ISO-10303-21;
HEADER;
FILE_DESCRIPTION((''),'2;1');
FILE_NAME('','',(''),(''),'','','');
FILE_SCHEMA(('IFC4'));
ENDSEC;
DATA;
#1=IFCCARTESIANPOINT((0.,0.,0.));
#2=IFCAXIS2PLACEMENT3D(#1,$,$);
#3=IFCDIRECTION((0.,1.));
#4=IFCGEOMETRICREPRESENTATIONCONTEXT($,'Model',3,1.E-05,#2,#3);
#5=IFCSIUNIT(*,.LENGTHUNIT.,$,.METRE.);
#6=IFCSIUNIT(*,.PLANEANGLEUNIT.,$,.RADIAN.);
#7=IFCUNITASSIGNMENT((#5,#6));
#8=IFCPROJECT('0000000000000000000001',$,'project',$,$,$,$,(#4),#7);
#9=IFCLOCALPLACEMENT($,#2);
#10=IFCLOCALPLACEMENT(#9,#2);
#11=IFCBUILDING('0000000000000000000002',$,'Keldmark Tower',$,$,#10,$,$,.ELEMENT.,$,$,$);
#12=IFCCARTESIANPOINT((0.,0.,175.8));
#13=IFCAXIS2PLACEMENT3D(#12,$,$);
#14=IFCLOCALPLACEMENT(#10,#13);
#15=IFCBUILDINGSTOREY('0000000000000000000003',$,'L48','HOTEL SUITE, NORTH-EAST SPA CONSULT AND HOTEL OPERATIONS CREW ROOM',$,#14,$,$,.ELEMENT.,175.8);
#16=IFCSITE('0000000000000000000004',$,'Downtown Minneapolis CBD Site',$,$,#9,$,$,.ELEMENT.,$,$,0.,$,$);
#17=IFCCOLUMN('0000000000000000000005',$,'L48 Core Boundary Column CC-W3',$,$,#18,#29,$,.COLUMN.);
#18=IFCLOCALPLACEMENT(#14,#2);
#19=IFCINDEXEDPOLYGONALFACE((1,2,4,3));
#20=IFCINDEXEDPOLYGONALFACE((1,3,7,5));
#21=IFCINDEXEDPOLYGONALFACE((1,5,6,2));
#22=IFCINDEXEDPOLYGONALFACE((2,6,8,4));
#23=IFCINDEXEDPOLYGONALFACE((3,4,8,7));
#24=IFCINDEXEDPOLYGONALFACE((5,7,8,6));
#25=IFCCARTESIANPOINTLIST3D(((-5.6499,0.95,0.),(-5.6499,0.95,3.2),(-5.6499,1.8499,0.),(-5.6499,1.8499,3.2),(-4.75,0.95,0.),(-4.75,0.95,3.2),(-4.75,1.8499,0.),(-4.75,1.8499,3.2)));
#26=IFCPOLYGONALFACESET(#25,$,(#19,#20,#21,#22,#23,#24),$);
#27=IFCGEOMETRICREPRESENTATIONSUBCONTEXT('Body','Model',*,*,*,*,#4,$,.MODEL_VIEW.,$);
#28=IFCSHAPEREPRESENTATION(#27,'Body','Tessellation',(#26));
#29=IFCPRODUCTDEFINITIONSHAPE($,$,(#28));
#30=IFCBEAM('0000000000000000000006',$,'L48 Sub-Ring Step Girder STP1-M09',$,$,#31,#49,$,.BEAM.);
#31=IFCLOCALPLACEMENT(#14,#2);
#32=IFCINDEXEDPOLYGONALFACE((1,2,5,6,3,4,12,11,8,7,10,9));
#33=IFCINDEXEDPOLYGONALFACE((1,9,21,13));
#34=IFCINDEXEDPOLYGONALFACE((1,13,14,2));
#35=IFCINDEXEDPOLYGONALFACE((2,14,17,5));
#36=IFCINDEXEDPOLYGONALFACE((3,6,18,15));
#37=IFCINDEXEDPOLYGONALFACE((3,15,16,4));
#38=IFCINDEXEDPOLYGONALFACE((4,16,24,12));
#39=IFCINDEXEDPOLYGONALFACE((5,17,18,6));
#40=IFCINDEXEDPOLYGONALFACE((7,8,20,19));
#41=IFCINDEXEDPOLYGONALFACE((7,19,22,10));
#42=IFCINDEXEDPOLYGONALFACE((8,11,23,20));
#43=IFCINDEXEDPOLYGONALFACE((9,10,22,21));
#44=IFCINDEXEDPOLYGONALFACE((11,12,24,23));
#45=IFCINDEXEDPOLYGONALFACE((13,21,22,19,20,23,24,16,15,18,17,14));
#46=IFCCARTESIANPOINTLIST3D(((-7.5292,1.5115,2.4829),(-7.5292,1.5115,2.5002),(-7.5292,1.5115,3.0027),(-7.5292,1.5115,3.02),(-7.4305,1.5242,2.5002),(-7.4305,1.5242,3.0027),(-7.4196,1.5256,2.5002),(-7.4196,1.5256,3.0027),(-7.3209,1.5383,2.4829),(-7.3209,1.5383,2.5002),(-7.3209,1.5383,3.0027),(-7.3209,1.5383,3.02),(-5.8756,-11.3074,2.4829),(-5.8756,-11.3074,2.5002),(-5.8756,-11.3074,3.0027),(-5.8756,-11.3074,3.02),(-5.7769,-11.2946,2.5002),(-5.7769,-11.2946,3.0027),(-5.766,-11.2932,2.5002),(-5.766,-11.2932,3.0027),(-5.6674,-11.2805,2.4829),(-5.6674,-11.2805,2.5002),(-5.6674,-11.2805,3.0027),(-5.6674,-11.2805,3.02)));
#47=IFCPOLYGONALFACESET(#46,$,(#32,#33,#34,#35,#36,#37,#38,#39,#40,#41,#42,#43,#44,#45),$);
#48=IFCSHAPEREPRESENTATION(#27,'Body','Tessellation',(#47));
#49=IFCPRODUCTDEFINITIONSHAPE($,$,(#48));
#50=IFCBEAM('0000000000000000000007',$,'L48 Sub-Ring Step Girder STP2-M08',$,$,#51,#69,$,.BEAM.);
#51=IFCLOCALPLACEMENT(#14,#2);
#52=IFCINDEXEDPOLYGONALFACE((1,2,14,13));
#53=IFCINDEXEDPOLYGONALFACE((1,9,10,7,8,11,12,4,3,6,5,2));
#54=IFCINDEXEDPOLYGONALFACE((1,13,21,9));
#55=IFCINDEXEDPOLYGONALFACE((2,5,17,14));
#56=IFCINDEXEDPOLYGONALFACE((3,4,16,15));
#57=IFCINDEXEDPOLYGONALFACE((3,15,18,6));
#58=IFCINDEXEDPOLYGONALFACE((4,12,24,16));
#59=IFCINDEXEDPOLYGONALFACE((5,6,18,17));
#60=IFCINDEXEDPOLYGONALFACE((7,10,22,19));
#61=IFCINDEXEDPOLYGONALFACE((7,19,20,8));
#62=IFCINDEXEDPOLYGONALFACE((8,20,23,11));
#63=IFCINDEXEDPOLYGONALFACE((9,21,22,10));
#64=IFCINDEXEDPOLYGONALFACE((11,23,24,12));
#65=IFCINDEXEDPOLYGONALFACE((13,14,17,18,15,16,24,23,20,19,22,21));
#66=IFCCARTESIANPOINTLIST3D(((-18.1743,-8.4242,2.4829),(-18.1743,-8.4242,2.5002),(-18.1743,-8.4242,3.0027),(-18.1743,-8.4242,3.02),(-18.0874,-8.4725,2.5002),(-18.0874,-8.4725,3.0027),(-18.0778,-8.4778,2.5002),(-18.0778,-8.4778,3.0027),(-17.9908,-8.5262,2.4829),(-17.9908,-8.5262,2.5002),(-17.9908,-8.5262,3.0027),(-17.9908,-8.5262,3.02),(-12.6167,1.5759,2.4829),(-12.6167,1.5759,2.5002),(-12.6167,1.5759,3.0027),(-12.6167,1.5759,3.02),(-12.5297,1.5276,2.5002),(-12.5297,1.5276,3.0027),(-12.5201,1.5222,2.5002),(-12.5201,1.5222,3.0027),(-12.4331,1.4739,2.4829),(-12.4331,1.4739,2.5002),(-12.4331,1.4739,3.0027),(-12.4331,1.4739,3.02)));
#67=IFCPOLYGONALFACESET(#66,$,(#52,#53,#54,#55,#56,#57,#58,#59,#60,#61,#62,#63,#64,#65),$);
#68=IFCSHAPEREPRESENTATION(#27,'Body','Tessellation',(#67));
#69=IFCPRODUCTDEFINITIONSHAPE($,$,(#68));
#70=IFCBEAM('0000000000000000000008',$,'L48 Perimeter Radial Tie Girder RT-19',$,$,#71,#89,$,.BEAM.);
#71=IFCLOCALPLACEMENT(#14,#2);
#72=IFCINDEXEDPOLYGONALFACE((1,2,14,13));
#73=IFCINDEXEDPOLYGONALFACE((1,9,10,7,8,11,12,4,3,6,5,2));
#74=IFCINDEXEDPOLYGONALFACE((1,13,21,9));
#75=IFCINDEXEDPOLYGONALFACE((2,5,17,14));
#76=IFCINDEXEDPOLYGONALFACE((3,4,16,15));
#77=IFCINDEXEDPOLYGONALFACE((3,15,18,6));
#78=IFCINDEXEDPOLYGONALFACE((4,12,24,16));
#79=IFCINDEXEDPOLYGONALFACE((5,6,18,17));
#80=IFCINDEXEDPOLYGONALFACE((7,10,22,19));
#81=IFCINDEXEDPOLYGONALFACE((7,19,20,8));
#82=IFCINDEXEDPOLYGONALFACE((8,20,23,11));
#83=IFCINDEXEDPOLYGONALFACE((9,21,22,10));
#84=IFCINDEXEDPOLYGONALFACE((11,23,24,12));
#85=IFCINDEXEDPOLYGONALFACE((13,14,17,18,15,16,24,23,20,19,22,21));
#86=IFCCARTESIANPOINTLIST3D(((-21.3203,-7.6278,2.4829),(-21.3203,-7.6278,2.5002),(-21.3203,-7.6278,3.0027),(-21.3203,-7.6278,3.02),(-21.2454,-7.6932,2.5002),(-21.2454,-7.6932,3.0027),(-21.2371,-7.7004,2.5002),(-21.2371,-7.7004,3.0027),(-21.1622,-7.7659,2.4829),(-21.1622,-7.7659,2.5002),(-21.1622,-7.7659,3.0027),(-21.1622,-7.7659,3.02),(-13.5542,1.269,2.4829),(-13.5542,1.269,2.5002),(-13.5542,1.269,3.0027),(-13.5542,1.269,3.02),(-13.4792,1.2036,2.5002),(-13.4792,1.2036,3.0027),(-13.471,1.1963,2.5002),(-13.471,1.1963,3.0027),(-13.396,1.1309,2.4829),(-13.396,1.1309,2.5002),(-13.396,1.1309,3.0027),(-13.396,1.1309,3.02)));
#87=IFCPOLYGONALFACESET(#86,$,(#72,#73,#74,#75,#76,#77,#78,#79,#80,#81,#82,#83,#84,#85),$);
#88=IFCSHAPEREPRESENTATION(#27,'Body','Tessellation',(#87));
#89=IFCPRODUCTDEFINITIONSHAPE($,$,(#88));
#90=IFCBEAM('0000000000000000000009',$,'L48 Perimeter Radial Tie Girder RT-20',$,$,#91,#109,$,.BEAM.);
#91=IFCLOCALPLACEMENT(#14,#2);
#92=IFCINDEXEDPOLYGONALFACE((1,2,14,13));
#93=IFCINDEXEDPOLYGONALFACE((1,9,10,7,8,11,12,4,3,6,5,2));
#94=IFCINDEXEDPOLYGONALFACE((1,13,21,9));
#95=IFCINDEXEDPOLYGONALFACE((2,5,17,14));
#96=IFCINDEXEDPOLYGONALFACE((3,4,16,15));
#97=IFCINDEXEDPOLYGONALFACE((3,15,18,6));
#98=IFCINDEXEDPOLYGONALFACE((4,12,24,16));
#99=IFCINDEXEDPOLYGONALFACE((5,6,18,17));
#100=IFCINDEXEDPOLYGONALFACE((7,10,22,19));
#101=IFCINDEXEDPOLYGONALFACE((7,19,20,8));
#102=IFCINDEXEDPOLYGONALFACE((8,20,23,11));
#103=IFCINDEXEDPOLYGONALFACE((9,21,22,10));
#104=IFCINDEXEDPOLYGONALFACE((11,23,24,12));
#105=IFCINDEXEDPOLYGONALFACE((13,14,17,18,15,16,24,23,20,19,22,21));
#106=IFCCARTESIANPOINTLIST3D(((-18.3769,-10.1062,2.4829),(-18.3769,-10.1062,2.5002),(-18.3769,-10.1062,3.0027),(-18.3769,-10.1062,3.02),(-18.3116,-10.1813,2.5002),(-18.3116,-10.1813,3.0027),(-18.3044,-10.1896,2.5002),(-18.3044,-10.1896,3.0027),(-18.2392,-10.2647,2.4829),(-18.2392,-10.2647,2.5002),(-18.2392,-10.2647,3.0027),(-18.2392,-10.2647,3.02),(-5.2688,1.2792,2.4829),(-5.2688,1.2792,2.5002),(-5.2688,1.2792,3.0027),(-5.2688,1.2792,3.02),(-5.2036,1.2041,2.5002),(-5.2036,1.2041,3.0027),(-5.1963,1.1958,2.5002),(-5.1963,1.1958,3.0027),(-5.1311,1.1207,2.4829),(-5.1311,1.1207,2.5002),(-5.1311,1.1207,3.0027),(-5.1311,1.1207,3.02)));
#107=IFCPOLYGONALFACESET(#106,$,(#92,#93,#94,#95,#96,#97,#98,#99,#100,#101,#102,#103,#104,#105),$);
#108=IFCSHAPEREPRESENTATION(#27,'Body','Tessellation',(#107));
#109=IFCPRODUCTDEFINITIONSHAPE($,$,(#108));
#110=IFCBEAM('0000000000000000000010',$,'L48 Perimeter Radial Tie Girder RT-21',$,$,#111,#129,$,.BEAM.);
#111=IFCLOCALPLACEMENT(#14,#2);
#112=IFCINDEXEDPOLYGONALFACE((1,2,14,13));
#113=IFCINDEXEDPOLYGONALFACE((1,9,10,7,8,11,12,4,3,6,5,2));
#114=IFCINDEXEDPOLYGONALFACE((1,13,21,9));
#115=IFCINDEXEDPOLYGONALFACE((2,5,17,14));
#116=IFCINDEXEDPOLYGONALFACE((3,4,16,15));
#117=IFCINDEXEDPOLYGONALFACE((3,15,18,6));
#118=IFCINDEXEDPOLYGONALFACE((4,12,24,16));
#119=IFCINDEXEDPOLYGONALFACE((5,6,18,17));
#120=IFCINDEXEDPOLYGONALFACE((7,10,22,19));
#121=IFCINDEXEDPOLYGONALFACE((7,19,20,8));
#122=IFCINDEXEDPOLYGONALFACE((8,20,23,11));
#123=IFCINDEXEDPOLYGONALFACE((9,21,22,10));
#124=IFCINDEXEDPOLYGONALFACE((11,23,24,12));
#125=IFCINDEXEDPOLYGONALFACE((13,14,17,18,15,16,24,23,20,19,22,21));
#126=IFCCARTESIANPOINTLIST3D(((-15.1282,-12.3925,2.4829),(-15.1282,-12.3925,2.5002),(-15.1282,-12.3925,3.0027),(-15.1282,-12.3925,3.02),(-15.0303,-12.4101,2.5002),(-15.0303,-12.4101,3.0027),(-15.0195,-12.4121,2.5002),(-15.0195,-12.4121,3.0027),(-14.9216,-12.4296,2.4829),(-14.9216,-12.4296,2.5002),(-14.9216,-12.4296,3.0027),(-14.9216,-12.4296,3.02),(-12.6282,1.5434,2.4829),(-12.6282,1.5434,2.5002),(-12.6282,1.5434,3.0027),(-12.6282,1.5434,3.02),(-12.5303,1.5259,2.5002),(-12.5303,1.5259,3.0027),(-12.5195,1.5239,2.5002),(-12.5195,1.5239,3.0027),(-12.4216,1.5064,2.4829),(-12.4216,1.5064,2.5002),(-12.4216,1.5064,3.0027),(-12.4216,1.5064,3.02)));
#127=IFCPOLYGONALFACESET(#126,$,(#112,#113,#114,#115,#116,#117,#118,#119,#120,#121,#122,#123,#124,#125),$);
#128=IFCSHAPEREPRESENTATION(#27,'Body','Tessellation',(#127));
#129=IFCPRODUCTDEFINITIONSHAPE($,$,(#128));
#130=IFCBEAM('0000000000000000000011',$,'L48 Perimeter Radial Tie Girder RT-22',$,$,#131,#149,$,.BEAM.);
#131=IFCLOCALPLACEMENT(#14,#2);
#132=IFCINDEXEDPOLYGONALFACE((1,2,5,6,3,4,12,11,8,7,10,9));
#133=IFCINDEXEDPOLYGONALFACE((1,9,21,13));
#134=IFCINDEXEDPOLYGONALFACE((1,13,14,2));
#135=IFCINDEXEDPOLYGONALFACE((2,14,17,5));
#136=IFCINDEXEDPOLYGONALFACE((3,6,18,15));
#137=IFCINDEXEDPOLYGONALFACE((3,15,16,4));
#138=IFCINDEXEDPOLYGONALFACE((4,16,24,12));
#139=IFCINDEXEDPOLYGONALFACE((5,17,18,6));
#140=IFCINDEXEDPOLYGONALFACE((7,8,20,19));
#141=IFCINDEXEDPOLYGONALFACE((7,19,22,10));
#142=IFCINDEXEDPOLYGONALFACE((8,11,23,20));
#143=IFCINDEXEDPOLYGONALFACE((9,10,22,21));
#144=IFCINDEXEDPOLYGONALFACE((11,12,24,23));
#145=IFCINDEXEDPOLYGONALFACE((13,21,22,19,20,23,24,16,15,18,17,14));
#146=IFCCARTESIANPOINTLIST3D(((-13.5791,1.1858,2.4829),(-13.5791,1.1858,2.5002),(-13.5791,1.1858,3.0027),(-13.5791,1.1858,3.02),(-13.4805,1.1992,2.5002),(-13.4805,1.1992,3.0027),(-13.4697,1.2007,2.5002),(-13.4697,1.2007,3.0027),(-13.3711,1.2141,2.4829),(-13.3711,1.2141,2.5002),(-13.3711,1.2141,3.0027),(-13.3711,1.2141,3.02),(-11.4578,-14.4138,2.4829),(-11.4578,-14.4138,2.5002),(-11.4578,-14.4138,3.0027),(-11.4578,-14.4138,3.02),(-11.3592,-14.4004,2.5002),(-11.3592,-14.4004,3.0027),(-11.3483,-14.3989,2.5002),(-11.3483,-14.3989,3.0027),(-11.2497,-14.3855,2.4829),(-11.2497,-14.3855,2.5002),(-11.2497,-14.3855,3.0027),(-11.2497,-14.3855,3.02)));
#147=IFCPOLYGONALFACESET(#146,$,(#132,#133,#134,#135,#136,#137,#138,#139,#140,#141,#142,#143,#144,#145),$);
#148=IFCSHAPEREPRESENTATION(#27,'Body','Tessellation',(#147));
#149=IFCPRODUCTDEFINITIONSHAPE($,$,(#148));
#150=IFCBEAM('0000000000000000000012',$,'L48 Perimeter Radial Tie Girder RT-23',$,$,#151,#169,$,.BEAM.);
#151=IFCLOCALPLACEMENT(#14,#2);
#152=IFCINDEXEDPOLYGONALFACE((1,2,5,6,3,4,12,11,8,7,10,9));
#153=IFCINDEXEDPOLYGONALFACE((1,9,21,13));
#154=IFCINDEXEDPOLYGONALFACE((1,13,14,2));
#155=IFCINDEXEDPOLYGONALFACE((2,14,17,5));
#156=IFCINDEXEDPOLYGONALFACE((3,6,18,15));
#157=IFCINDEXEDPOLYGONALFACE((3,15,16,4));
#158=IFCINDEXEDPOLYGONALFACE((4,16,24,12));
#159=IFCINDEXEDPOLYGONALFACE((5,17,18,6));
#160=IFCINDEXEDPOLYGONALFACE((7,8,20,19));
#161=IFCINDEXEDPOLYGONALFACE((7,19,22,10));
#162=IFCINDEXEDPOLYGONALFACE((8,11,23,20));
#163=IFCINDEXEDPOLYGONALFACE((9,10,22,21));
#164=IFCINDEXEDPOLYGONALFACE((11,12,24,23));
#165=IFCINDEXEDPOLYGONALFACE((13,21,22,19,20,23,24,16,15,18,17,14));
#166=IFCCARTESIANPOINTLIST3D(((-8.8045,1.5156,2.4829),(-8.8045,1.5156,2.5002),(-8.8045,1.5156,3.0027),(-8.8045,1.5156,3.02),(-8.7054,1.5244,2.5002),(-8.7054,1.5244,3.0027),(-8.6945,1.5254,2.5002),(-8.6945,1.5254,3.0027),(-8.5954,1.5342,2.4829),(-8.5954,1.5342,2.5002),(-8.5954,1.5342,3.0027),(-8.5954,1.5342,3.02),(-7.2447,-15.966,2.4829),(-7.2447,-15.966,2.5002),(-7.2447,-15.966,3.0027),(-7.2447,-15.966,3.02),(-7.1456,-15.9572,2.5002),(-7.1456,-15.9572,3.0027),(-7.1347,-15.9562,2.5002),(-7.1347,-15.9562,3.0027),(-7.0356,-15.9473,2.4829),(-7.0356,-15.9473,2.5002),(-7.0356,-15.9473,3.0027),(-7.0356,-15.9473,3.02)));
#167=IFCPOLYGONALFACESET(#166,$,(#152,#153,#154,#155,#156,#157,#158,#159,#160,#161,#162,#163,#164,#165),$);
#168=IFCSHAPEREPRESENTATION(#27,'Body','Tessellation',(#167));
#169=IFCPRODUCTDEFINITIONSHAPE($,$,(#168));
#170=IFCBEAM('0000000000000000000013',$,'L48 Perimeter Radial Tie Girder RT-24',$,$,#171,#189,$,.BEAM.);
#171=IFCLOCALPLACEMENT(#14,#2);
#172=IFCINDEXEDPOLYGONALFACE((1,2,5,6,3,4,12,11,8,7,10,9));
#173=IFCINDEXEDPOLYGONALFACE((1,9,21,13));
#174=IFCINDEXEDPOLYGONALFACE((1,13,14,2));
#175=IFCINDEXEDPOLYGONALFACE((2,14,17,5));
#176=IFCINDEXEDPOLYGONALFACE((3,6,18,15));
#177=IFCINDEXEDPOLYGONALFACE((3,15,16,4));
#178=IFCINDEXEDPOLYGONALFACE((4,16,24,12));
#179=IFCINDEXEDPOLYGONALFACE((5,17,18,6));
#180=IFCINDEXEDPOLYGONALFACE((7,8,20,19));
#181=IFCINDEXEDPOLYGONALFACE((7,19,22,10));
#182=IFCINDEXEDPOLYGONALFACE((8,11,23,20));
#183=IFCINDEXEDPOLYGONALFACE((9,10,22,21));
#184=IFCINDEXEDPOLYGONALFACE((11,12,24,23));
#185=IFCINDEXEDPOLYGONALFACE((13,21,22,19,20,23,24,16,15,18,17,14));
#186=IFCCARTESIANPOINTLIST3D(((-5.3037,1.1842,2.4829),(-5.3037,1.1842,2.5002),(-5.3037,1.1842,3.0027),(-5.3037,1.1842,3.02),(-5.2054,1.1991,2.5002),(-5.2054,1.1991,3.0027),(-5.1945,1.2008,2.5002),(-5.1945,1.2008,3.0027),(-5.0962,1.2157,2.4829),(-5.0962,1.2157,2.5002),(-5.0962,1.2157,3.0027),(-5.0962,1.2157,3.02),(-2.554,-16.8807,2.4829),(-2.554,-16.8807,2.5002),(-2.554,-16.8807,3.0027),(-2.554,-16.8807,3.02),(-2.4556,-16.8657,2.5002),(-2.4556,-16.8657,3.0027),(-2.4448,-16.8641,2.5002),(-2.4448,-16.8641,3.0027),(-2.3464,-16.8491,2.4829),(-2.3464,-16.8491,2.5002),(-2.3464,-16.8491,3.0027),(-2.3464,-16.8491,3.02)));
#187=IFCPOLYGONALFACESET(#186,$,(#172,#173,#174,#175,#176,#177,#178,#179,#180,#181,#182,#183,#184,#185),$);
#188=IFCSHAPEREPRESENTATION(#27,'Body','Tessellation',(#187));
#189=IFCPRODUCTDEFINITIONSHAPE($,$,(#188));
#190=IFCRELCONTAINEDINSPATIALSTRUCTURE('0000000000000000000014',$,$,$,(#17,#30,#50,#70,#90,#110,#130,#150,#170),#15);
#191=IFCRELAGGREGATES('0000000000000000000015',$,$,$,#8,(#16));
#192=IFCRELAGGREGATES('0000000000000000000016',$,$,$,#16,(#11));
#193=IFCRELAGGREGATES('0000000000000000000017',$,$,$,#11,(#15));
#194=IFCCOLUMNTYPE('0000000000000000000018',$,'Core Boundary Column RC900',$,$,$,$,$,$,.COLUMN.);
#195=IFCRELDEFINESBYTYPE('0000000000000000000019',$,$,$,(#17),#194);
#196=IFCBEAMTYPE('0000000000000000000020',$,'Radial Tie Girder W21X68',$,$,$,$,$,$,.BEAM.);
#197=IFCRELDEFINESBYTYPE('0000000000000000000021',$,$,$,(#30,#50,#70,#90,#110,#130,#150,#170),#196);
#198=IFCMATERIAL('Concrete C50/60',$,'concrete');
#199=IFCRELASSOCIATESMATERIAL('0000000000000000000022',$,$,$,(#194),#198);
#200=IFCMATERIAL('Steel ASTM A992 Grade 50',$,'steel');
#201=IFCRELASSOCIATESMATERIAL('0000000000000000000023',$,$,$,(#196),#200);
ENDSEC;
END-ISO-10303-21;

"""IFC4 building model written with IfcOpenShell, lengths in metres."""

from ifc_helpers import new_model, si_unit, direction, frame, origin, origin_2d, place, context, subcontext, project, spatial, rectangle, i_section, extrude, material, material_profile, profile_set, type_object, element, save


model = new_model("IFC4")

# Units and contexts
model_context = context("Model", 3, precision=1e-05, world=origin(), true_north=direction((0.0, 1.0)))
body_context = subcontext(model_context, "Body", "Model", "MODEL_VIEW")
ifc_project = project(units=[si_unit("LENGTHUNIT", "METRE"), si_unit("PLANEANGLEUNIT", "RADIAN")], contexts=[model_context])

# Site, building, storey
site_placement = place(None, origin())
site = spatial("IfcSite", under=ifc_project, at=site_placement, Name="Downtown Minneapolis CBD Site", CompositionType="ELEMENT", RefElevation=0.0)
building_placement = place(site_placement, origin())
building = spatial("IfcBuilding", under=site, at=building_placement, Name="Keldmark Tower", CompositionType="ELEMENT")
storey_placement = place(building_placement, frame((0.0, 0.0, 175.8)))
storey = spatial("IfcBuildingStorey", under=building, at=storey_placement, Name="L48", Description="HOTEL SUITE, NORTH-EAST SPA CONSULT AND HOTEL OPERATIONS CREW ROOM", CompositionType="ELEMENT", Elevation=175.8)

# Column
ifc_material_1 = material(Name="Concrete C50/60", Category="concrete")
ifc_material_profile_1 = material_profile(ifc_material_1, rectangle(XDim=0.8999, YDim=0.8999, at=origin_2d()), Name="RC900X900")
ifc_profile_set_1 = profile_set([ifc_material_profile_1], Name="Concrete C50/60")
column_type = type_object("IfcColumnType", Name="Core Boundary Column RC900", PredefinedType="COLUMN", material=ifc_profile_set_1)
column_placement = place(storey_placement, frame((-5.2, 1.3999, 0.0), z_axis=(0.0, 0.0, 1.0), x_axis=(1.0, 0.0, 0.0)))
element("IfcColumn", 1, at=column_placement, inside=storey, type_object=column_type, Name="L48 Core Boundary Column CC-W3", PredefinedType="COLUMN", context=body_context, shape_type="SweptSolid", body=[
    extrude(rectangle(XDim=0.8999, YDim=0.8999, at=origin_2d()), origin(), (0.0, 0.0, 1.0), 3.2),
])

# Beams
ifc_material_2 = material(Name="Steel ASTM A992 Grade 50", Category="steel")
ifc_material_profile_2 = material_profile(ifc_material_2, i_section(OverallWidth=0.21, OverallDepth=0.5371, WebThickness=0.011, FlangeThickness=0.0173, at=origin_2d()), Name="W21X68")
ifc_profile_set_2 = profile_set([ifc_material_profile_2], Name="Steel ASTM A992 Grade 50")
beam_type = type_object("IfcBeamType", Name="Radial Tie Girder W21X68", PredefinedType="BEAM", material=ifc_profile_set_2)
beam_1_placement = place(storey_placement, frame((-7.425, 1.5249, 2.7515), z_axis=(0.127935, -0.991783, 0.0), x_axis=(0.991783, 0.127935, 0.0)))
element("IfcBeam", 2, at=beam_1_placement, inside=storey, type_object=beam_type, Name="L48 Sub-Ring Step Girder STP1-M09", PredefinedType="BEAM", context=body_context, shape_type="SweptSolid", body=[
    extrude(i_section(OverallWidth=0.21, OverallDepth=0.5371, WebThickness=0.011, FlangeThickness=0.0173, at=origin_2d()), origin(), (0.0, 0.0, 1.0), 12.925),
])
beam_2_placement = place(storey_placement, frame((-12.5249, 1.5249, 2.7515), z_axis=(-0.485781, -0.874081, 0.0), x_axis=(0.874081, -0.485781, 0.0)))
element("IfcBeam", 3, at=beam_2_placement, inside=storey, type_object=beam_type, Name="L48 Sub-Ring Step Girder STP2-M08", PredefinedType="BEAM", context=body_context, shape_type="SweptSolid", body=[
    extrude(i_section(OverallWidth=0.21, OverallDepth=0.5371, WebThickness=0.011, FlangeThickness=0.0173, at=origin_2d()), origin(), (0.0, 0.0, 1.0), 11.4407),
])
beam_3_placement = place(storey_placement, frame((-13.4751, 1.2, 2.7515), z_axis=(-0.657616, -0.753354, 0.0), x_axis=(0.753354, -0.657616, 0.0)))
element("IfcBeam", 4, at=beam_3_placement, inside=storey, type_object=beam_type, Name="L48 Perimeter Radial Tie Girder RT-19", PredefinedType="BEAM", context=body_context, shape_type="SweptSolid", body=[
    extrude(i_section(OverallWidth=0.21, OverallDepth=0.5371, WebThickness=0.011, FlangeThickness=0.0173, at=origin_2d()), origin(), (0.0, 0.0, 1.0), 11.8096),
])
beam_4_placement = place(storey_placement, frame((-5.2, 1.2, 2.7515), z_axis=(-0.754973, -0.655756, 0.0), x_axis=(0.655756, -0.754973, 0.0)))
element("IfcBeam", 5, at=beam_4_placement, inside=storey, type_object=beam_type, Name="L48 Perimeter Radial Tie Girder RT-20", PredefinedType="BEAM", context=body_context, shape_type="SweptSolid", body=[
    extrude(i_section(OverallWidth=0.21, OverallDepth=0.5371, WebThickness=0.011, FlangeThickness=0.0173, at=origin_2d()), origin(), (0.0, 0.0, 1.0), 17.3623),
])
beam_5_placement = place(storey_placement, frame((-12.5249, 1.5249, 2.7515), z_axis=(-0.176572, -0.984288, 0.0), x_axis=(0.984288, -0.176572, 0.0)))
element("IfcBeam", 6, at=beam_5_placement, inside=storey, type_object=beam_type, Name="L48 Perimeter Radial Tie Girder RT-21", PredefinedType="BEAM", context=body_context, shape_type="SweptSolid", body=[
    extrude(i_section(OverallWidth=0.21, OverallDepth=0.5371, WebThickness=0.011, FlangeThickness=0.0173, at=origin_2d()), origin(), (0.0, 0.0, 1.0), 14.1584),
])
beam_6_placement = place(storey_placement, frame((-13.4751, 1.2, 2.7515), z_axis=(0.134746, -0.99088, 0.0), x_axis=(0.99088, 0.134746, 0.0)))
element("IfcBeam", 7, at=beam_6_placement, inside=storey, type_object=beam_type, Name="L48 Perimeter Radial Tie Girder RT-22", PredefinedType="BEAM", context=body_context, shape_type="SweptSolid", body=[
    extrude(i_section(OverallWidth=0.21, OverallDepth=0.5371, WebThickness=0.011, FlangeThickness=0.0173, at=origin_2d()), origin(), (0.0, 0.0, 1.0), 15.7432),
])
beam_7_placement = place(storey_placement, frame((-8.7, 1.5249, 2.7515), z_axis=(0.088873, -0.996043, 0.0), x_axis=(0.996043, 0.088873, 0.0)))
element("IfcBeam", 8, at=beam_7_placement, inside=storey, type_object=beam_type, Name="L48 Perimeter Radial Tie Girder RT-23", PredefinedType="BEAM", context=body_context, shape_type="SweptSolid", body=[
    extrude(i_section(OverallWidth=0.21, OverallDepth=0.5371, WebThickness=0.011, FlangeThickness=0.0173, at=origin_2d()), origin(), (0.0, 0.0, 1.0), 17.551),
])
beam_8_placement = place(storey_placement, frame((-5.2, 1.2, 2.7515), z_axis=(0.150482, -0.988613, 0.0), x_axis=(0.988613, 0.150482, 0.0)))
element("IfcBeam", 9, at=beam_8_placement, inside=storey, type_object=beam_type, Name="L48 Perimeter Radial Tie Girder RT-24", PredefinedType="BEAM", context=body_context, shape_type="SweptSolid", body=[
    extrude(i_section(OverallWidth=0.21, OverallDepth=0.5371, WebThickness=0.011, FlangeThickness=0.0173, at=origin_2d()), origin(), (0.0, 0.0, 1.0), 18.2729),
])

save(model, "model.ifc")
